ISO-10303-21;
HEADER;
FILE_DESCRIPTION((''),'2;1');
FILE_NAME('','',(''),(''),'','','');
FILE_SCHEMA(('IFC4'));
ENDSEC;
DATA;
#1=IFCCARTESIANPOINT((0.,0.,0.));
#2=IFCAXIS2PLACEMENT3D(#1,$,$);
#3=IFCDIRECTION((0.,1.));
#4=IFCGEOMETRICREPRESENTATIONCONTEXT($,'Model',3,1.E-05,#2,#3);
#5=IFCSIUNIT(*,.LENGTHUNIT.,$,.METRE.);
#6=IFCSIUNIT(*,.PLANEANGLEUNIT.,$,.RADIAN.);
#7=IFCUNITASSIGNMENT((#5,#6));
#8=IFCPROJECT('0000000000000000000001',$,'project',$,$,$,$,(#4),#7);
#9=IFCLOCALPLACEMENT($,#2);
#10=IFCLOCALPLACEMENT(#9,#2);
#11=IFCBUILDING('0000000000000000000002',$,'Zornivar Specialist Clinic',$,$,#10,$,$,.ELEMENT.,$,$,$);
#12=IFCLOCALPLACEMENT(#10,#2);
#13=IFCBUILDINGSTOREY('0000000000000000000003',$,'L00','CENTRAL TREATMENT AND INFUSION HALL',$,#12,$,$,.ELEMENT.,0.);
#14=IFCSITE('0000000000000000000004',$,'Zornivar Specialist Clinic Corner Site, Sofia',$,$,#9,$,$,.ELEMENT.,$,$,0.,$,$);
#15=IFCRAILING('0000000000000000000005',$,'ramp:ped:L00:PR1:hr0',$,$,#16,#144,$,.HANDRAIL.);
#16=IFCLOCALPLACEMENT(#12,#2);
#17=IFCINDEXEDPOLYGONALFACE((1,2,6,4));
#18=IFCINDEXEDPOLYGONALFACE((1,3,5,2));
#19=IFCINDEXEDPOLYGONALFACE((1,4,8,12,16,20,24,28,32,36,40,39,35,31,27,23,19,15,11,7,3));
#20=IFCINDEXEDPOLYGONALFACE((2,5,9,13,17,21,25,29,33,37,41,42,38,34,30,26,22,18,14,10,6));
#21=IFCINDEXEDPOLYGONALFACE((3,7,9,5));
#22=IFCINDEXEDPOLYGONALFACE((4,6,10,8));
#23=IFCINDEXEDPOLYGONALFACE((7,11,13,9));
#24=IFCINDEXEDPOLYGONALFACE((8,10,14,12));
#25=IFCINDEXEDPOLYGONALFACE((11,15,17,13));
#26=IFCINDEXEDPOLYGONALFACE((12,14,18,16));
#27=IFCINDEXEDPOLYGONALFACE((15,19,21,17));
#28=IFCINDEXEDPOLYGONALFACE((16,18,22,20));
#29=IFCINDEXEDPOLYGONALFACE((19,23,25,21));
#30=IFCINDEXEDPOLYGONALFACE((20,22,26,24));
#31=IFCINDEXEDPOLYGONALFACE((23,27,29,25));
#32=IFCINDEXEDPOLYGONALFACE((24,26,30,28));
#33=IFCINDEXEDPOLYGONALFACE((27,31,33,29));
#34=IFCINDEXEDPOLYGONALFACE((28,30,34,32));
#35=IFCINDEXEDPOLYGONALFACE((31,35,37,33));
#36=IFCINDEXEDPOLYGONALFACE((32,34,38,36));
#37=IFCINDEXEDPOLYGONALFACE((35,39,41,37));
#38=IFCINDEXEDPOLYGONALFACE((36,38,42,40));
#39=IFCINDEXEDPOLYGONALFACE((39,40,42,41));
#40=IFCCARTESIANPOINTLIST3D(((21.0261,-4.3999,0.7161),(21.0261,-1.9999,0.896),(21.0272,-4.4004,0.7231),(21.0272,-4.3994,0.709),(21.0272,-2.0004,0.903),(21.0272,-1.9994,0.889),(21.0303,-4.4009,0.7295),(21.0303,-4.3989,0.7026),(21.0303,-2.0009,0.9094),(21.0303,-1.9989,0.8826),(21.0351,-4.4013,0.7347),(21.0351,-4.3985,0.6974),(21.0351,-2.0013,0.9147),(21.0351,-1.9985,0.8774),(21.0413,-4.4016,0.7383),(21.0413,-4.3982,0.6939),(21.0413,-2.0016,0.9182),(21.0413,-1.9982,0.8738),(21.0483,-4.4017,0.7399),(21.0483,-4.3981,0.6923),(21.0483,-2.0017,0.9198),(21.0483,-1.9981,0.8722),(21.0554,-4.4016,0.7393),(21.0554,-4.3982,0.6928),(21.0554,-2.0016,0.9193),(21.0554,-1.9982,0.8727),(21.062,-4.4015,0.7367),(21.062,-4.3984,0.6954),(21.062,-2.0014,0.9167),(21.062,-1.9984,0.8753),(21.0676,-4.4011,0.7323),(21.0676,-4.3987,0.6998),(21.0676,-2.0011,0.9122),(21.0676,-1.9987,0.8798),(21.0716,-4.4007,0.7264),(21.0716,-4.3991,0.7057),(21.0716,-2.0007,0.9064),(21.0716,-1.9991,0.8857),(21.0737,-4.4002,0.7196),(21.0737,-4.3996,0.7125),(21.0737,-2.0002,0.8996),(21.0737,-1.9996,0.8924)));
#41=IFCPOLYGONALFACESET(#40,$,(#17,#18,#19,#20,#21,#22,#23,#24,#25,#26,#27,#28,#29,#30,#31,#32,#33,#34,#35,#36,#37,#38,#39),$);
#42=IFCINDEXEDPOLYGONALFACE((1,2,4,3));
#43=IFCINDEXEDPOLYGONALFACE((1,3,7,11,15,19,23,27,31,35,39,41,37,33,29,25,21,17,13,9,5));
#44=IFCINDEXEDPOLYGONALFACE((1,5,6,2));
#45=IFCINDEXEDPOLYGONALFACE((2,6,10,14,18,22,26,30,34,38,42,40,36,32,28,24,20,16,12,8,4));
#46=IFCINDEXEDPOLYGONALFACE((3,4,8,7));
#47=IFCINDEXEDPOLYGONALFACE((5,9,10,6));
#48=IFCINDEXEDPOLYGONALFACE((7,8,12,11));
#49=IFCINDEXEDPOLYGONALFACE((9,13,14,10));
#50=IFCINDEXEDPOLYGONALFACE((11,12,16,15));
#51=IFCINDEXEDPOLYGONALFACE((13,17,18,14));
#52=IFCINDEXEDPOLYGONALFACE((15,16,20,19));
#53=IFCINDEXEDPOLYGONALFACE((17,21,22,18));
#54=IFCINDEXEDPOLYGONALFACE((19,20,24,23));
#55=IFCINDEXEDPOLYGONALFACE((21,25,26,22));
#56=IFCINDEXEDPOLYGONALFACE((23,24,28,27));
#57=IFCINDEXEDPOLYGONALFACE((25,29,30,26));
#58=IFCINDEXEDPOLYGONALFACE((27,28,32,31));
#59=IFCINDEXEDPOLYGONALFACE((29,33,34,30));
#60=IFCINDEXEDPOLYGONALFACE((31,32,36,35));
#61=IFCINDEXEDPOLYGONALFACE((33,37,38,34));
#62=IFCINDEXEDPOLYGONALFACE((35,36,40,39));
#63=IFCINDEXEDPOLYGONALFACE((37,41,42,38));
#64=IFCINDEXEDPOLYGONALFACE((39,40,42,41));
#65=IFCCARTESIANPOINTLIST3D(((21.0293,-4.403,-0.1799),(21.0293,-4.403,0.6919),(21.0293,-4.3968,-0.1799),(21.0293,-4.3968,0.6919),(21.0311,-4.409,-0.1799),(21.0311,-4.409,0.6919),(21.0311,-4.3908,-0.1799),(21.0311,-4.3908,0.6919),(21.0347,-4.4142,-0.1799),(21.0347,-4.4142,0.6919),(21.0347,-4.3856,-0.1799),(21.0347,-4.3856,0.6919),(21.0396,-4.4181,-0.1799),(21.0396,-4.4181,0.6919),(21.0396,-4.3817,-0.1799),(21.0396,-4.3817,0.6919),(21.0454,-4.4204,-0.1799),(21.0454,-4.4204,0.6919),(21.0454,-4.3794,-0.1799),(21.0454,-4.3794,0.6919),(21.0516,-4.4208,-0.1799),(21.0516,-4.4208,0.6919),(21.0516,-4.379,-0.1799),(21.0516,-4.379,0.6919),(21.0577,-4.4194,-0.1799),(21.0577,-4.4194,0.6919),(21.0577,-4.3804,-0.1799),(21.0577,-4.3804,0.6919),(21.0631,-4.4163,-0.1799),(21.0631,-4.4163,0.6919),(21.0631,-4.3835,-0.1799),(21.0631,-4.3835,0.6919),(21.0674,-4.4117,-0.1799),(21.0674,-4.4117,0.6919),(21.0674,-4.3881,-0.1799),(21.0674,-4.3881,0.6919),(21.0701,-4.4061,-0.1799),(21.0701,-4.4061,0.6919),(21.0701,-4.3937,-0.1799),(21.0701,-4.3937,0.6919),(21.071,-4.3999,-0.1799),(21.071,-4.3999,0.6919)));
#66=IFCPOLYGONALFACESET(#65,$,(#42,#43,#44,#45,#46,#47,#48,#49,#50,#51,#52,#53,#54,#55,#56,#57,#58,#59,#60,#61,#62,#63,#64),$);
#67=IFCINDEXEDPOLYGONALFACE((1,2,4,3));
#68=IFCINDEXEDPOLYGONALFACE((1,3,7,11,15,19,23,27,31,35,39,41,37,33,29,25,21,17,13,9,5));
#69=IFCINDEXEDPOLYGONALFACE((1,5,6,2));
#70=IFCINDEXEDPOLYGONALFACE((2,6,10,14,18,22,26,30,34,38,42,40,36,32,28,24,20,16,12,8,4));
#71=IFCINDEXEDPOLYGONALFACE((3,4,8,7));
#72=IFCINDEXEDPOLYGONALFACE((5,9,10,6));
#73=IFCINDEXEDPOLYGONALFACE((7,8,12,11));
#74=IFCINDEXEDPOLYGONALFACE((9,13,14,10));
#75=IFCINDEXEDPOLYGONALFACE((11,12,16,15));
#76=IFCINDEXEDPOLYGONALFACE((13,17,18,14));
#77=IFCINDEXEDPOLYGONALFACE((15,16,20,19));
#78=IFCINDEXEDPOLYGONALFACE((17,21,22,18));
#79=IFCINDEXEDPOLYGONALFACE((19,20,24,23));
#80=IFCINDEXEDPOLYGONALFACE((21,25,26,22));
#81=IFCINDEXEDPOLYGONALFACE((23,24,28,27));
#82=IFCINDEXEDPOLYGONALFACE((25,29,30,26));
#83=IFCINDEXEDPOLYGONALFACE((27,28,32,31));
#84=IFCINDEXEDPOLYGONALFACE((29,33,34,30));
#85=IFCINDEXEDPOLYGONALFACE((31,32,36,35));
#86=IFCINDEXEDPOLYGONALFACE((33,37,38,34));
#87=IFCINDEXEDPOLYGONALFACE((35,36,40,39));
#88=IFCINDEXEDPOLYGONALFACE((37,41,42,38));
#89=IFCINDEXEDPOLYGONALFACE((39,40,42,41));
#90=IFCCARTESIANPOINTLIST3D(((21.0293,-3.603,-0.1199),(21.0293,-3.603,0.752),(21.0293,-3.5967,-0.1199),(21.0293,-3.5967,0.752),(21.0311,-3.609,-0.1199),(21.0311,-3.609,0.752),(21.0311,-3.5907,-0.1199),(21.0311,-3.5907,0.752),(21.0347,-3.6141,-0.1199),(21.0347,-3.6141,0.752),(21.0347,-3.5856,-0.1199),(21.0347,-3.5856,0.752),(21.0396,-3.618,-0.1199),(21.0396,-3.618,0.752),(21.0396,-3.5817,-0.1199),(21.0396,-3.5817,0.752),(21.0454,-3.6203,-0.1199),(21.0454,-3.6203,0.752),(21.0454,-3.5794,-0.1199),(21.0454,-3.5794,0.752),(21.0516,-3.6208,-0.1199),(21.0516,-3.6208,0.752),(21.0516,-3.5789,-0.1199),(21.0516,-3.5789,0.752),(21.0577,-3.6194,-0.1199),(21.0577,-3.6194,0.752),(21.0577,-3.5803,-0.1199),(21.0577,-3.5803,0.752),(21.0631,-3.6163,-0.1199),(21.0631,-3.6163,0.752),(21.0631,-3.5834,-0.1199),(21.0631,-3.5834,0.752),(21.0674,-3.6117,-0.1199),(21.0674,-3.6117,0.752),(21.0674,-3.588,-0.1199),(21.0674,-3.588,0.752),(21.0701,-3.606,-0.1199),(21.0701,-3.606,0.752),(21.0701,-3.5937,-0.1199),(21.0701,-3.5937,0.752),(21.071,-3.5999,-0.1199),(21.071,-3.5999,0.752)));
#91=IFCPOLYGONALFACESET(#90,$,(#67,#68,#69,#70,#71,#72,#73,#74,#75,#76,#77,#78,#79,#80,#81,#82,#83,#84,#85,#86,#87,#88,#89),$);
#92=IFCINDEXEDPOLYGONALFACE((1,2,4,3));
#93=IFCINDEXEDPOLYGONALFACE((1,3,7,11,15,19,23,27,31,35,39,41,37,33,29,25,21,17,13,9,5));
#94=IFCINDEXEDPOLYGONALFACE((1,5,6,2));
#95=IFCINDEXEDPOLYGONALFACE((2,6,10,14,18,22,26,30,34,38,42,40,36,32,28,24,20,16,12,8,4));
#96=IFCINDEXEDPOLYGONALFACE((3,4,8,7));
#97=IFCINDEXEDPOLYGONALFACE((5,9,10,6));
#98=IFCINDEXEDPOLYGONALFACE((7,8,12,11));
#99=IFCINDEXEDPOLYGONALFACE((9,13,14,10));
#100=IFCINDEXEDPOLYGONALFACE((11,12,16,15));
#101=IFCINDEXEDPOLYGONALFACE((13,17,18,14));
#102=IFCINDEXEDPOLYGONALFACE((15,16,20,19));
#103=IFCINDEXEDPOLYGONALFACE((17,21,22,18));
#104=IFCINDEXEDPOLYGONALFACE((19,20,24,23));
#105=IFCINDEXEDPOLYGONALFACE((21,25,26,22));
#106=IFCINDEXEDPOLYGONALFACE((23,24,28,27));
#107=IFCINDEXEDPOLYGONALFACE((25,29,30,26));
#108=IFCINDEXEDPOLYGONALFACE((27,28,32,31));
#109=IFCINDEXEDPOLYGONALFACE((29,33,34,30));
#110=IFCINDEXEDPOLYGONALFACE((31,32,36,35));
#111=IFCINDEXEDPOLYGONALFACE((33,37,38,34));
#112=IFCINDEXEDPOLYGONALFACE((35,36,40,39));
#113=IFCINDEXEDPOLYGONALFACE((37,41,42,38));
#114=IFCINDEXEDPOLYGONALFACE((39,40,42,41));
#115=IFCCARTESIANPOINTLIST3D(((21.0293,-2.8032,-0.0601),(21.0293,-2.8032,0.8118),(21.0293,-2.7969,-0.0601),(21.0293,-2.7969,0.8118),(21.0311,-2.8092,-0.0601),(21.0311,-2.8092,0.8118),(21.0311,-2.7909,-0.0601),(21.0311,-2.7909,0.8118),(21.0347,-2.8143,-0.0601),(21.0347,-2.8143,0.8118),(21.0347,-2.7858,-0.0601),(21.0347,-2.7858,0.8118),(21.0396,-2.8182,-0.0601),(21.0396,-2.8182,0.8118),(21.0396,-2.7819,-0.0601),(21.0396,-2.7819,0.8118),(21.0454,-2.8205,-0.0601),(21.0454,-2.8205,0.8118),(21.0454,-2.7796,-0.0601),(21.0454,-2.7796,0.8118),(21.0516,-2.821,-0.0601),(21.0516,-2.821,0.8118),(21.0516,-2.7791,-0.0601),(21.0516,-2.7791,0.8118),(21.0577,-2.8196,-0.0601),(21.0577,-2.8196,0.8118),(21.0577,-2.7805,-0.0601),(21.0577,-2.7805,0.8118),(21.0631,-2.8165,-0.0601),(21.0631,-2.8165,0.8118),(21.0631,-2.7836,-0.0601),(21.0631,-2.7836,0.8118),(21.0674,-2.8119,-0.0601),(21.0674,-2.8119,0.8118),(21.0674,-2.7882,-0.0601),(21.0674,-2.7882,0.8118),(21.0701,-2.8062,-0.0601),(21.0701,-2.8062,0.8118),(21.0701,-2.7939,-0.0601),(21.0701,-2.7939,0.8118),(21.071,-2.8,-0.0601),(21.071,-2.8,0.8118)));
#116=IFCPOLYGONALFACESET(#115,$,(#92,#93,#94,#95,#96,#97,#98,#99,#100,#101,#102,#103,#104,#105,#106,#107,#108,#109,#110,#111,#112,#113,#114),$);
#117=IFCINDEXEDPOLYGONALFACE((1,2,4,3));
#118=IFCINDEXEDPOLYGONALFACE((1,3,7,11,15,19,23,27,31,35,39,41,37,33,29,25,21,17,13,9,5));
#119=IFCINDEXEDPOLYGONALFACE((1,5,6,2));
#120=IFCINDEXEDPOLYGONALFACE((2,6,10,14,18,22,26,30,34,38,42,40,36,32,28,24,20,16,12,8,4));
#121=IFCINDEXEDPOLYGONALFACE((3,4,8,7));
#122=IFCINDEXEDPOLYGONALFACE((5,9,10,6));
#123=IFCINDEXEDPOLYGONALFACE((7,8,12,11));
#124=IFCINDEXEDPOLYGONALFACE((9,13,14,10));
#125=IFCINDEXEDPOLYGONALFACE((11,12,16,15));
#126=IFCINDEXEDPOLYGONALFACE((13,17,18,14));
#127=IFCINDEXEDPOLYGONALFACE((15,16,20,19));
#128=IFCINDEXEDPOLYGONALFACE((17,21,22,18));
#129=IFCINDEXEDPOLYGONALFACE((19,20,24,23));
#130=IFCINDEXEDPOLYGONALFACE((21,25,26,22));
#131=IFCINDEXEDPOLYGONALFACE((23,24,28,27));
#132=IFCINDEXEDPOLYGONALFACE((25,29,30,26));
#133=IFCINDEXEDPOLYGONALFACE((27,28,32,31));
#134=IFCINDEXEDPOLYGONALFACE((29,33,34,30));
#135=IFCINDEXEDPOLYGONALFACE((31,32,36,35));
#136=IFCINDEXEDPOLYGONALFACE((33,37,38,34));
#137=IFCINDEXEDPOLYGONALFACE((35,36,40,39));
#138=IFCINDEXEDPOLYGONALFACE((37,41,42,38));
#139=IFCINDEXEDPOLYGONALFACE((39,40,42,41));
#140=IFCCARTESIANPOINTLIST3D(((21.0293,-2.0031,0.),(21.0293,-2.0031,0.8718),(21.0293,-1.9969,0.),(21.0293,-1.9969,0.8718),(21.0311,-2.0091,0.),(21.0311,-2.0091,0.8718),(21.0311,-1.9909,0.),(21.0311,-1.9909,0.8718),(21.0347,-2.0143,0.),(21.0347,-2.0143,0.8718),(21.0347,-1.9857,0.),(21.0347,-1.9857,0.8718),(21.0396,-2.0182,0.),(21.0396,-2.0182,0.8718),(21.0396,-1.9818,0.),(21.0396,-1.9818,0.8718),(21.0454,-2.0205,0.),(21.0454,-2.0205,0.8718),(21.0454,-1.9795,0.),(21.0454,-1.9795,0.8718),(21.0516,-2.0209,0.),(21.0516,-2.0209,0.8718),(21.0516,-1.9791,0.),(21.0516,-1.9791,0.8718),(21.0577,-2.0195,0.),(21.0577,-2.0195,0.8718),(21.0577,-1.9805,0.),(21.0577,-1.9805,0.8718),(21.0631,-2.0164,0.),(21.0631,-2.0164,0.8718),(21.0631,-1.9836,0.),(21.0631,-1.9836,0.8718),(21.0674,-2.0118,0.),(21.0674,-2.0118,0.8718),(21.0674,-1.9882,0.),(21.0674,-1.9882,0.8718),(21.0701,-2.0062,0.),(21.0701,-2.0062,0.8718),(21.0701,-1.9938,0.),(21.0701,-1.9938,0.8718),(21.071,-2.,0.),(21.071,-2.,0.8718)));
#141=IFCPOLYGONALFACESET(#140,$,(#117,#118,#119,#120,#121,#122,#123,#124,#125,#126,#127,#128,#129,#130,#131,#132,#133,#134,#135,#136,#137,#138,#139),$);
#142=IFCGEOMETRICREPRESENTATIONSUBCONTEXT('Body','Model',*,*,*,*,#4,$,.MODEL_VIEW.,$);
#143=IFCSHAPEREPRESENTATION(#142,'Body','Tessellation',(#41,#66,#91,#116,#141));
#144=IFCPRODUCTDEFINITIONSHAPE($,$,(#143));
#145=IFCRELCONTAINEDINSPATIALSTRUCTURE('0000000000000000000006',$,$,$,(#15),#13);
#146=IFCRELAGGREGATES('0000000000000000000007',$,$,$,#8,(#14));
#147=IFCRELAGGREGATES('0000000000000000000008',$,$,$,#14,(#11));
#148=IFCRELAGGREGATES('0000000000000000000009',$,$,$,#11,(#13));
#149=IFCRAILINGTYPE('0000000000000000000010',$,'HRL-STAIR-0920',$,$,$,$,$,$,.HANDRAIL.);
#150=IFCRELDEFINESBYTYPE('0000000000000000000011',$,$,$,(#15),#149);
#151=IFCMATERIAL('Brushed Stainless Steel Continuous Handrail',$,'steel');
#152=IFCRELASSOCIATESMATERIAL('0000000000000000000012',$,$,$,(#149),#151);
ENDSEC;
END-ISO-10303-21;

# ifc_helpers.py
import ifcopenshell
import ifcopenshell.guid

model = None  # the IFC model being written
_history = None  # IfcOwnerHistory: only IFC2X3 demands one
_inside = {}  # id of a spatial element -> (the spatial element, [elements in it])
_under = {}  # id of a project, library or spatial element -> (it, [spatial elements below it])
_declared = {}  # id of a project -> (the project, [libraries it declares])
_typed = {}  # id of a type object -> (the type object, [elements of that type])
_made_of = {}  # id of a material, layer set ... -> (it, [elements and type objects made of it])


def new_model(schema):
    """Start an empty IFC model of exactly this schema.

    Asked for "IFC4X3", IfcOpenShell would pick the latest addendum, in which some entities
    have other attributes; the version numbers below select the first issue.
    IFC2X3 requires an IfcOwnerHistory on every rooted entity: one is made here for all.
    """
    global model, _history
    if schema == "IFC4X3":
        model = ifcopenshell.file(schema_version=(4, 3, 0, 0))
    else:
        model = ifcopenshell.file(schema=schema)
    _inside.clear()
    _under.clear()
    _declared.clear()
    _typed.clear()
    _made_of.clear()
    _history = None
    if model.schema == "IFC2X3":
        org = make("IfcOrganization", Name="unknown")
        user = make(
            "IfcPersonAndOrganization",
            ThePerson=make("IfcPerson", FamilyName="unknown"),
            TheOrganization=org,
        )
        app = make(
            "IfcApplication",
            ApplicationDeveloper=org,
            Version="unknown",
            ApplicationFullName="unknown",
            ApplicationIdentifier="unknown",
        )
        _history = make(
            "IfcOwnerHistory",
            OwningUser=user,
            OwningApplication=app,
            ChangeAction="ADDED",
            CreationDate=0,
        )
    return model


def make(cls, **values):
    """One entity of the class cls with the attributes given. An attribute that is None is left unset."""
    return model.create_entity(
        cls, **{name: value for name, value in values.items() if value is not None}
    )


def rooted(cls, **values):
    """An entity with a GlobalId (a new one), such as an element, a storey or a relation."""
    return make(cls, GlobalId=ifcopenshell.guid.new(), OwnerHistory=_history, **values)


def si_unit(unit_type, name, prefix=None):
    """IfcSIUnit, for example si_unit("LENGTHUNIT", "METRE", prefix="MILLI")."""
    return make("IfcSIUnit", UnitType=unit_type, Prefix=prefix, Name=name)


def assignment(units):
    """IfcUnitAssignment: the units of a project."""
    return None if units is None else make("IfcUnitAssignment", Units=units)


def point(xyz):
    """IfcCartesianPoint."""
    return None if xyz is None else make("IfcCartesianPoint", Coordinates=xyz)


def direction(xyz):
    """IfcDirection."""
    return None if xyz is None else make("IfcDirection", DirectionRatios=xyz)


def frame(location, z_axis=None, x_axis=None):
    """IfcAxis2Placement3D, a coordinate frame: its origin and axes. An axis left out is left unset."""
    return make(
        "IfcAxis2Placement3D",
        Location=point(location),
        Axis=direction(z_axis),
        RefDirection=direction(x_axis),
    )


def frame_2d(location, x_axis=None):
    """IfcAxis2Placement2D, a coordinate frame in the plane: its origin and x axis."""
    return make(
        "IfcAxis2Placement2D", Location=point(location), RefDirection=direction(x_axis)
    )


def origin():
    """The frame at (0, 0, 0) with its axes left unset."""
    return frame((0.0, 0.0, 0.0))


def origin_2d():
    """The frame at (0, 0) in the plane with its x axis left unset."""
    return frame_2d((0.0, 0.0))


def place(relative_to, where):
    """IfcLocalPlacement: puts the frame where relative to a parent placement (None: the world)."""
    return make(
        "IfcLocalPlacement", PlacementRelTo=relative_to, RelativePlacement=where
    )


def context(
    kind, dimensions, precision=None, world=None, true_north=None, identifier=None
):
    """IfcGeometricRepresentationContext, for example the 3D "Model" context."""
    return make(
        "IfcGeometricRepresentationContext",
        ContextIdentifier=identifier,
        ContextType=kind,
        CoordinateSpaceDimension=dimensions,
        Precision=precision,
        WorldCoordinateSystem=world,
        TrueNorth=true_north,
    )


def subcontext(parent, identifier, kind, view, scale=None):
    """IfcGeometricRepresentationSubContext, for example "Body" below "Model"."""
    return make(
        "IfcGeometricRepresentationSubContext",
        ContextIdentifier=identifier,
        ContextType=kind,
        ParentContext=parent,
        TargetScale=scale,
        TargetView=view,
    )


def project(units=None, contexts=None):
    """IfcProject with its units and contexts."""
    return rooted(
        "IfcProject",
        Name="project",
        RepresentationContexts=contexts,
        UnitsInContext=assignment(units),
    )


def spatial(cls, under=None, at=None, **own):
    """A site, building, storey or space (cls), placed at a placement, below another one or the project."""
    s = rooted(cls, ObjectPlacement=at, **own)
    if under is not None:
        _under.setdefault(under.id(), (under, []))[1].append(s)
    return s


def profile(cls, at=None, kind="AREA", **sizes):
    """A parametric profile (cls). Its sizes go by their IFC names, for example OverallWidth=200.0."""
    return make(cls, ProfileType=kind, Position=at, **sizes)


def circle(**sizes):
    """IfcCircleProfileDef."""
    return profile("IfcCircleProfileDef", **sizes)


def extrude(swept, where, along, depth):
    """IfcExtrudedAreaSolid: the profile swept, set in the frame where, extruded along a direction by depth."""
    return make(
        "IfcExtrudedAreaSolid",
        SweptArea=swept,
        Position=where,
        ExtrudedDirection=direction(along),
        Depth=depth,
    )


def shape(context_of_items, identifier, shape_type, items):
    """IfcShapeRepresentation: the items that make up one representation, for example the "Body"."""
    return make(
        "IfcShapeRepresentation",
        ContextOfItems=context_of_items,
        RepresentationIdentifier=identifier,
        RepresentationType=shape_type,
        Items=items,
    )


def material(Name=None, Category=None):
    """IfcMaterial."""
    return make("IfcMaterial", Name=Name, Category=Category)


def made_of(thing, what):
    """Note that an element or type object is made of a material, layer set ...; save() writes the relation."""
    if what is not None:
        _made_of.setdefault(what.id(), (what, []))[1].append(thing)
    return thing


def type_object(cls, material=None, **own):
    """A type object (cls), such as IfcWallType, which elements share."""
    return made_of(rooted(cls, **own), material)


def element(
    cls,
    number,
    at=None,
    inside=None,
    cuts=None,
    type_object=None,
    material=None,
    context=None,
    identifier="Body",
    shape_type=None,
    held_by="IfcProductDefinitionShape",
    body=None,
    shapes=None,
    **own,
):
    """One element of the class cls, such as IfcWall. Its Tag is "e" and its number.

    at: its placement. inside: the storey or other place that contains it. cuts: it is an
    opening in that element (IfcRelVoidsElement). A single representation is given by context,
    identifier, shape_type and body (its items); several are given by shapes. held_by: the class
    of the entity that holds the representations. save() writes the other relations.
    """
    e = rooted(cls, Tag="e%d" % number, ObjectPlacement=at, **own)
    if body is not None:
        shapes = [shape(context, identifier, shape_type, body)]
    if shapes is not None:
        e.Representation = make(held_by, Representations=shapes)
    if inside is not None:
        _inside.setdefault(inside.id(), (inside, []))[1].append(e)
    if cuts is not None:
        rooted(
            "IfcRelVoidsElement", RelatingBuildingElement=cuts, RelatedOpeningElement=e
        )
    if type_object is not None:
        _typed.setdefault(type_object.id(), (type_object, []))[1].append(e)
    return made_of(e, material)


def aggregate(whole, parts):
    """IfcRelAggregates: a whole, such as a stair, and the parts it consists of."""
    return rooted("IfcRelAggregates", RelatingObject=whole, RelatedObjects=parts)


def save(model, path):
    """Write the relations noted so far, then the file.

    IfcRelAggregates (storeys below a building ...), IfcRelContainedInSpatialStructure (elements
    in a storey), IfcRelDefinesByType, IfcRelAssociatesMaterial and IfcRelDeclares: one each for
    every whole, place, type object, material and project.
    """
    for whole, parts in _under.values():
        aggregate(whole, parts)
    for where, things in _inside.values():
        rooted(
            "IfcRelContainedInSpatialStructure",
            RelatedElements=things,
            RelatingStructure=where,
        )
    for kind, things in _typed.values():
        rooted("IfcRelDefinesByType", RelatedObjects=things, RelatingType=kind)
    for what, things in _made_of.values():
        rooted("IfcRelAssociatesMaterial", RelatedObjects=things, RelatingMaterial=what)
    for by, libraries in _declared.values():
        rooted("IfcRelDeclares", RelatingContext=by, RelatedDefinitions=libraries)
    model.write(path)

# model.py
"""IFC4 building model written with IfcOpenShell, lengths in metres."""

from ifc_helpers import new_model, si_unit, direction, frame, origin, origin_2d, place, context, subcontext, project, spatial, circle, extrude, material, type_object, element, save


model = new_model("IFC4")

# Units and contexts
model_context = context("Model", 3, precision=1e-05, world=origin(), true_north=direction((0.0, 1.0)))
body_context = subcontext(model_context, "Body", "Model", "MODEL_VIEW")
ifc_project = project(units=[si_unit("LENGTHUNIT", "METRE"), si_unit("PLANEANGLEUNIT", "RADIAN")], contexts=[model_context])

# Site, building, storey
site_placement = place(None, origin())
site = spatial("IfcSite", under=ifc_project, at=site_placement, Name="Zornivar Specialist Clinic Corner Site, Sofia", CompositionType="ELEMENT", RefElevation=0.0)
building_placement = place(site_placement, origin())
building = spatial("IfcBuilding", under=site, at=building_placement, Name="Zornivar Specialist Clinic", CompositionType="ELEMENT")
storey_placement = place(building_placement, origin())
storey = spatial("IfcBuildingStorey", under=building, at=storey_placement, Name="L00", Description="CENTRAL TREATMENT AND INFUSION HALL", CompositionType="ELEMENT", Elevation=0.0)

# Railing
ifc_material_1 = material(Name="Brushed Stainless Steel Continuous Handrail", Category="steel")
railing_type = type_object("IfcRailingType", Name="HRL-STAIR-0920", PredefinedType="HANDRAIL", material=ifc_material_1)
for number, where, name in (
    (1, (21.05, -4.3999, -0.1799), "ramp:ped:L00:PR1:hr0"),
):
    element("IfcRailing", number, at=place(storey_placement, frame(where)), inside=storey, type_object=railing_type, Name=name, PredefinedType="HANDRAIL", context=body_context, shape_type="SweptSolid", body=[
        extrude(circle(Radius=0.0239, at=origin_2d()), frame((0.0, 0.0, 0.896), z_axis=(0.0, 0.997201, 0.074765), x_axis=(-1.0, 0.0, 0.0)), (0.0, 0.0, 1.0), 2.4067),
        extrude(circle(Radius=0.021, at=origin_2d()), origin(), (0.0, 0.0, 1.0), 0.8718),
        extrude(circle(Radius=0.021, at=origin_2d()), frame((0.0, 0.8, 0.0601)), (0.0, 0.0, 1.0), 0.8718),
        extrude(circle(Radius=0.021, at=origin_2d()), frame((0.0, 1.5999, 0.1199)), (0.0, 0.0, 1.0), 0.8718),
        extrude(circle(Radius=0.021, at=origin_2d()), frame((0.0, 2.3999, 0.1799)), (0.0, 0.0, 1.0), 0.8718),
    ])

save(model, "model.ifc")
